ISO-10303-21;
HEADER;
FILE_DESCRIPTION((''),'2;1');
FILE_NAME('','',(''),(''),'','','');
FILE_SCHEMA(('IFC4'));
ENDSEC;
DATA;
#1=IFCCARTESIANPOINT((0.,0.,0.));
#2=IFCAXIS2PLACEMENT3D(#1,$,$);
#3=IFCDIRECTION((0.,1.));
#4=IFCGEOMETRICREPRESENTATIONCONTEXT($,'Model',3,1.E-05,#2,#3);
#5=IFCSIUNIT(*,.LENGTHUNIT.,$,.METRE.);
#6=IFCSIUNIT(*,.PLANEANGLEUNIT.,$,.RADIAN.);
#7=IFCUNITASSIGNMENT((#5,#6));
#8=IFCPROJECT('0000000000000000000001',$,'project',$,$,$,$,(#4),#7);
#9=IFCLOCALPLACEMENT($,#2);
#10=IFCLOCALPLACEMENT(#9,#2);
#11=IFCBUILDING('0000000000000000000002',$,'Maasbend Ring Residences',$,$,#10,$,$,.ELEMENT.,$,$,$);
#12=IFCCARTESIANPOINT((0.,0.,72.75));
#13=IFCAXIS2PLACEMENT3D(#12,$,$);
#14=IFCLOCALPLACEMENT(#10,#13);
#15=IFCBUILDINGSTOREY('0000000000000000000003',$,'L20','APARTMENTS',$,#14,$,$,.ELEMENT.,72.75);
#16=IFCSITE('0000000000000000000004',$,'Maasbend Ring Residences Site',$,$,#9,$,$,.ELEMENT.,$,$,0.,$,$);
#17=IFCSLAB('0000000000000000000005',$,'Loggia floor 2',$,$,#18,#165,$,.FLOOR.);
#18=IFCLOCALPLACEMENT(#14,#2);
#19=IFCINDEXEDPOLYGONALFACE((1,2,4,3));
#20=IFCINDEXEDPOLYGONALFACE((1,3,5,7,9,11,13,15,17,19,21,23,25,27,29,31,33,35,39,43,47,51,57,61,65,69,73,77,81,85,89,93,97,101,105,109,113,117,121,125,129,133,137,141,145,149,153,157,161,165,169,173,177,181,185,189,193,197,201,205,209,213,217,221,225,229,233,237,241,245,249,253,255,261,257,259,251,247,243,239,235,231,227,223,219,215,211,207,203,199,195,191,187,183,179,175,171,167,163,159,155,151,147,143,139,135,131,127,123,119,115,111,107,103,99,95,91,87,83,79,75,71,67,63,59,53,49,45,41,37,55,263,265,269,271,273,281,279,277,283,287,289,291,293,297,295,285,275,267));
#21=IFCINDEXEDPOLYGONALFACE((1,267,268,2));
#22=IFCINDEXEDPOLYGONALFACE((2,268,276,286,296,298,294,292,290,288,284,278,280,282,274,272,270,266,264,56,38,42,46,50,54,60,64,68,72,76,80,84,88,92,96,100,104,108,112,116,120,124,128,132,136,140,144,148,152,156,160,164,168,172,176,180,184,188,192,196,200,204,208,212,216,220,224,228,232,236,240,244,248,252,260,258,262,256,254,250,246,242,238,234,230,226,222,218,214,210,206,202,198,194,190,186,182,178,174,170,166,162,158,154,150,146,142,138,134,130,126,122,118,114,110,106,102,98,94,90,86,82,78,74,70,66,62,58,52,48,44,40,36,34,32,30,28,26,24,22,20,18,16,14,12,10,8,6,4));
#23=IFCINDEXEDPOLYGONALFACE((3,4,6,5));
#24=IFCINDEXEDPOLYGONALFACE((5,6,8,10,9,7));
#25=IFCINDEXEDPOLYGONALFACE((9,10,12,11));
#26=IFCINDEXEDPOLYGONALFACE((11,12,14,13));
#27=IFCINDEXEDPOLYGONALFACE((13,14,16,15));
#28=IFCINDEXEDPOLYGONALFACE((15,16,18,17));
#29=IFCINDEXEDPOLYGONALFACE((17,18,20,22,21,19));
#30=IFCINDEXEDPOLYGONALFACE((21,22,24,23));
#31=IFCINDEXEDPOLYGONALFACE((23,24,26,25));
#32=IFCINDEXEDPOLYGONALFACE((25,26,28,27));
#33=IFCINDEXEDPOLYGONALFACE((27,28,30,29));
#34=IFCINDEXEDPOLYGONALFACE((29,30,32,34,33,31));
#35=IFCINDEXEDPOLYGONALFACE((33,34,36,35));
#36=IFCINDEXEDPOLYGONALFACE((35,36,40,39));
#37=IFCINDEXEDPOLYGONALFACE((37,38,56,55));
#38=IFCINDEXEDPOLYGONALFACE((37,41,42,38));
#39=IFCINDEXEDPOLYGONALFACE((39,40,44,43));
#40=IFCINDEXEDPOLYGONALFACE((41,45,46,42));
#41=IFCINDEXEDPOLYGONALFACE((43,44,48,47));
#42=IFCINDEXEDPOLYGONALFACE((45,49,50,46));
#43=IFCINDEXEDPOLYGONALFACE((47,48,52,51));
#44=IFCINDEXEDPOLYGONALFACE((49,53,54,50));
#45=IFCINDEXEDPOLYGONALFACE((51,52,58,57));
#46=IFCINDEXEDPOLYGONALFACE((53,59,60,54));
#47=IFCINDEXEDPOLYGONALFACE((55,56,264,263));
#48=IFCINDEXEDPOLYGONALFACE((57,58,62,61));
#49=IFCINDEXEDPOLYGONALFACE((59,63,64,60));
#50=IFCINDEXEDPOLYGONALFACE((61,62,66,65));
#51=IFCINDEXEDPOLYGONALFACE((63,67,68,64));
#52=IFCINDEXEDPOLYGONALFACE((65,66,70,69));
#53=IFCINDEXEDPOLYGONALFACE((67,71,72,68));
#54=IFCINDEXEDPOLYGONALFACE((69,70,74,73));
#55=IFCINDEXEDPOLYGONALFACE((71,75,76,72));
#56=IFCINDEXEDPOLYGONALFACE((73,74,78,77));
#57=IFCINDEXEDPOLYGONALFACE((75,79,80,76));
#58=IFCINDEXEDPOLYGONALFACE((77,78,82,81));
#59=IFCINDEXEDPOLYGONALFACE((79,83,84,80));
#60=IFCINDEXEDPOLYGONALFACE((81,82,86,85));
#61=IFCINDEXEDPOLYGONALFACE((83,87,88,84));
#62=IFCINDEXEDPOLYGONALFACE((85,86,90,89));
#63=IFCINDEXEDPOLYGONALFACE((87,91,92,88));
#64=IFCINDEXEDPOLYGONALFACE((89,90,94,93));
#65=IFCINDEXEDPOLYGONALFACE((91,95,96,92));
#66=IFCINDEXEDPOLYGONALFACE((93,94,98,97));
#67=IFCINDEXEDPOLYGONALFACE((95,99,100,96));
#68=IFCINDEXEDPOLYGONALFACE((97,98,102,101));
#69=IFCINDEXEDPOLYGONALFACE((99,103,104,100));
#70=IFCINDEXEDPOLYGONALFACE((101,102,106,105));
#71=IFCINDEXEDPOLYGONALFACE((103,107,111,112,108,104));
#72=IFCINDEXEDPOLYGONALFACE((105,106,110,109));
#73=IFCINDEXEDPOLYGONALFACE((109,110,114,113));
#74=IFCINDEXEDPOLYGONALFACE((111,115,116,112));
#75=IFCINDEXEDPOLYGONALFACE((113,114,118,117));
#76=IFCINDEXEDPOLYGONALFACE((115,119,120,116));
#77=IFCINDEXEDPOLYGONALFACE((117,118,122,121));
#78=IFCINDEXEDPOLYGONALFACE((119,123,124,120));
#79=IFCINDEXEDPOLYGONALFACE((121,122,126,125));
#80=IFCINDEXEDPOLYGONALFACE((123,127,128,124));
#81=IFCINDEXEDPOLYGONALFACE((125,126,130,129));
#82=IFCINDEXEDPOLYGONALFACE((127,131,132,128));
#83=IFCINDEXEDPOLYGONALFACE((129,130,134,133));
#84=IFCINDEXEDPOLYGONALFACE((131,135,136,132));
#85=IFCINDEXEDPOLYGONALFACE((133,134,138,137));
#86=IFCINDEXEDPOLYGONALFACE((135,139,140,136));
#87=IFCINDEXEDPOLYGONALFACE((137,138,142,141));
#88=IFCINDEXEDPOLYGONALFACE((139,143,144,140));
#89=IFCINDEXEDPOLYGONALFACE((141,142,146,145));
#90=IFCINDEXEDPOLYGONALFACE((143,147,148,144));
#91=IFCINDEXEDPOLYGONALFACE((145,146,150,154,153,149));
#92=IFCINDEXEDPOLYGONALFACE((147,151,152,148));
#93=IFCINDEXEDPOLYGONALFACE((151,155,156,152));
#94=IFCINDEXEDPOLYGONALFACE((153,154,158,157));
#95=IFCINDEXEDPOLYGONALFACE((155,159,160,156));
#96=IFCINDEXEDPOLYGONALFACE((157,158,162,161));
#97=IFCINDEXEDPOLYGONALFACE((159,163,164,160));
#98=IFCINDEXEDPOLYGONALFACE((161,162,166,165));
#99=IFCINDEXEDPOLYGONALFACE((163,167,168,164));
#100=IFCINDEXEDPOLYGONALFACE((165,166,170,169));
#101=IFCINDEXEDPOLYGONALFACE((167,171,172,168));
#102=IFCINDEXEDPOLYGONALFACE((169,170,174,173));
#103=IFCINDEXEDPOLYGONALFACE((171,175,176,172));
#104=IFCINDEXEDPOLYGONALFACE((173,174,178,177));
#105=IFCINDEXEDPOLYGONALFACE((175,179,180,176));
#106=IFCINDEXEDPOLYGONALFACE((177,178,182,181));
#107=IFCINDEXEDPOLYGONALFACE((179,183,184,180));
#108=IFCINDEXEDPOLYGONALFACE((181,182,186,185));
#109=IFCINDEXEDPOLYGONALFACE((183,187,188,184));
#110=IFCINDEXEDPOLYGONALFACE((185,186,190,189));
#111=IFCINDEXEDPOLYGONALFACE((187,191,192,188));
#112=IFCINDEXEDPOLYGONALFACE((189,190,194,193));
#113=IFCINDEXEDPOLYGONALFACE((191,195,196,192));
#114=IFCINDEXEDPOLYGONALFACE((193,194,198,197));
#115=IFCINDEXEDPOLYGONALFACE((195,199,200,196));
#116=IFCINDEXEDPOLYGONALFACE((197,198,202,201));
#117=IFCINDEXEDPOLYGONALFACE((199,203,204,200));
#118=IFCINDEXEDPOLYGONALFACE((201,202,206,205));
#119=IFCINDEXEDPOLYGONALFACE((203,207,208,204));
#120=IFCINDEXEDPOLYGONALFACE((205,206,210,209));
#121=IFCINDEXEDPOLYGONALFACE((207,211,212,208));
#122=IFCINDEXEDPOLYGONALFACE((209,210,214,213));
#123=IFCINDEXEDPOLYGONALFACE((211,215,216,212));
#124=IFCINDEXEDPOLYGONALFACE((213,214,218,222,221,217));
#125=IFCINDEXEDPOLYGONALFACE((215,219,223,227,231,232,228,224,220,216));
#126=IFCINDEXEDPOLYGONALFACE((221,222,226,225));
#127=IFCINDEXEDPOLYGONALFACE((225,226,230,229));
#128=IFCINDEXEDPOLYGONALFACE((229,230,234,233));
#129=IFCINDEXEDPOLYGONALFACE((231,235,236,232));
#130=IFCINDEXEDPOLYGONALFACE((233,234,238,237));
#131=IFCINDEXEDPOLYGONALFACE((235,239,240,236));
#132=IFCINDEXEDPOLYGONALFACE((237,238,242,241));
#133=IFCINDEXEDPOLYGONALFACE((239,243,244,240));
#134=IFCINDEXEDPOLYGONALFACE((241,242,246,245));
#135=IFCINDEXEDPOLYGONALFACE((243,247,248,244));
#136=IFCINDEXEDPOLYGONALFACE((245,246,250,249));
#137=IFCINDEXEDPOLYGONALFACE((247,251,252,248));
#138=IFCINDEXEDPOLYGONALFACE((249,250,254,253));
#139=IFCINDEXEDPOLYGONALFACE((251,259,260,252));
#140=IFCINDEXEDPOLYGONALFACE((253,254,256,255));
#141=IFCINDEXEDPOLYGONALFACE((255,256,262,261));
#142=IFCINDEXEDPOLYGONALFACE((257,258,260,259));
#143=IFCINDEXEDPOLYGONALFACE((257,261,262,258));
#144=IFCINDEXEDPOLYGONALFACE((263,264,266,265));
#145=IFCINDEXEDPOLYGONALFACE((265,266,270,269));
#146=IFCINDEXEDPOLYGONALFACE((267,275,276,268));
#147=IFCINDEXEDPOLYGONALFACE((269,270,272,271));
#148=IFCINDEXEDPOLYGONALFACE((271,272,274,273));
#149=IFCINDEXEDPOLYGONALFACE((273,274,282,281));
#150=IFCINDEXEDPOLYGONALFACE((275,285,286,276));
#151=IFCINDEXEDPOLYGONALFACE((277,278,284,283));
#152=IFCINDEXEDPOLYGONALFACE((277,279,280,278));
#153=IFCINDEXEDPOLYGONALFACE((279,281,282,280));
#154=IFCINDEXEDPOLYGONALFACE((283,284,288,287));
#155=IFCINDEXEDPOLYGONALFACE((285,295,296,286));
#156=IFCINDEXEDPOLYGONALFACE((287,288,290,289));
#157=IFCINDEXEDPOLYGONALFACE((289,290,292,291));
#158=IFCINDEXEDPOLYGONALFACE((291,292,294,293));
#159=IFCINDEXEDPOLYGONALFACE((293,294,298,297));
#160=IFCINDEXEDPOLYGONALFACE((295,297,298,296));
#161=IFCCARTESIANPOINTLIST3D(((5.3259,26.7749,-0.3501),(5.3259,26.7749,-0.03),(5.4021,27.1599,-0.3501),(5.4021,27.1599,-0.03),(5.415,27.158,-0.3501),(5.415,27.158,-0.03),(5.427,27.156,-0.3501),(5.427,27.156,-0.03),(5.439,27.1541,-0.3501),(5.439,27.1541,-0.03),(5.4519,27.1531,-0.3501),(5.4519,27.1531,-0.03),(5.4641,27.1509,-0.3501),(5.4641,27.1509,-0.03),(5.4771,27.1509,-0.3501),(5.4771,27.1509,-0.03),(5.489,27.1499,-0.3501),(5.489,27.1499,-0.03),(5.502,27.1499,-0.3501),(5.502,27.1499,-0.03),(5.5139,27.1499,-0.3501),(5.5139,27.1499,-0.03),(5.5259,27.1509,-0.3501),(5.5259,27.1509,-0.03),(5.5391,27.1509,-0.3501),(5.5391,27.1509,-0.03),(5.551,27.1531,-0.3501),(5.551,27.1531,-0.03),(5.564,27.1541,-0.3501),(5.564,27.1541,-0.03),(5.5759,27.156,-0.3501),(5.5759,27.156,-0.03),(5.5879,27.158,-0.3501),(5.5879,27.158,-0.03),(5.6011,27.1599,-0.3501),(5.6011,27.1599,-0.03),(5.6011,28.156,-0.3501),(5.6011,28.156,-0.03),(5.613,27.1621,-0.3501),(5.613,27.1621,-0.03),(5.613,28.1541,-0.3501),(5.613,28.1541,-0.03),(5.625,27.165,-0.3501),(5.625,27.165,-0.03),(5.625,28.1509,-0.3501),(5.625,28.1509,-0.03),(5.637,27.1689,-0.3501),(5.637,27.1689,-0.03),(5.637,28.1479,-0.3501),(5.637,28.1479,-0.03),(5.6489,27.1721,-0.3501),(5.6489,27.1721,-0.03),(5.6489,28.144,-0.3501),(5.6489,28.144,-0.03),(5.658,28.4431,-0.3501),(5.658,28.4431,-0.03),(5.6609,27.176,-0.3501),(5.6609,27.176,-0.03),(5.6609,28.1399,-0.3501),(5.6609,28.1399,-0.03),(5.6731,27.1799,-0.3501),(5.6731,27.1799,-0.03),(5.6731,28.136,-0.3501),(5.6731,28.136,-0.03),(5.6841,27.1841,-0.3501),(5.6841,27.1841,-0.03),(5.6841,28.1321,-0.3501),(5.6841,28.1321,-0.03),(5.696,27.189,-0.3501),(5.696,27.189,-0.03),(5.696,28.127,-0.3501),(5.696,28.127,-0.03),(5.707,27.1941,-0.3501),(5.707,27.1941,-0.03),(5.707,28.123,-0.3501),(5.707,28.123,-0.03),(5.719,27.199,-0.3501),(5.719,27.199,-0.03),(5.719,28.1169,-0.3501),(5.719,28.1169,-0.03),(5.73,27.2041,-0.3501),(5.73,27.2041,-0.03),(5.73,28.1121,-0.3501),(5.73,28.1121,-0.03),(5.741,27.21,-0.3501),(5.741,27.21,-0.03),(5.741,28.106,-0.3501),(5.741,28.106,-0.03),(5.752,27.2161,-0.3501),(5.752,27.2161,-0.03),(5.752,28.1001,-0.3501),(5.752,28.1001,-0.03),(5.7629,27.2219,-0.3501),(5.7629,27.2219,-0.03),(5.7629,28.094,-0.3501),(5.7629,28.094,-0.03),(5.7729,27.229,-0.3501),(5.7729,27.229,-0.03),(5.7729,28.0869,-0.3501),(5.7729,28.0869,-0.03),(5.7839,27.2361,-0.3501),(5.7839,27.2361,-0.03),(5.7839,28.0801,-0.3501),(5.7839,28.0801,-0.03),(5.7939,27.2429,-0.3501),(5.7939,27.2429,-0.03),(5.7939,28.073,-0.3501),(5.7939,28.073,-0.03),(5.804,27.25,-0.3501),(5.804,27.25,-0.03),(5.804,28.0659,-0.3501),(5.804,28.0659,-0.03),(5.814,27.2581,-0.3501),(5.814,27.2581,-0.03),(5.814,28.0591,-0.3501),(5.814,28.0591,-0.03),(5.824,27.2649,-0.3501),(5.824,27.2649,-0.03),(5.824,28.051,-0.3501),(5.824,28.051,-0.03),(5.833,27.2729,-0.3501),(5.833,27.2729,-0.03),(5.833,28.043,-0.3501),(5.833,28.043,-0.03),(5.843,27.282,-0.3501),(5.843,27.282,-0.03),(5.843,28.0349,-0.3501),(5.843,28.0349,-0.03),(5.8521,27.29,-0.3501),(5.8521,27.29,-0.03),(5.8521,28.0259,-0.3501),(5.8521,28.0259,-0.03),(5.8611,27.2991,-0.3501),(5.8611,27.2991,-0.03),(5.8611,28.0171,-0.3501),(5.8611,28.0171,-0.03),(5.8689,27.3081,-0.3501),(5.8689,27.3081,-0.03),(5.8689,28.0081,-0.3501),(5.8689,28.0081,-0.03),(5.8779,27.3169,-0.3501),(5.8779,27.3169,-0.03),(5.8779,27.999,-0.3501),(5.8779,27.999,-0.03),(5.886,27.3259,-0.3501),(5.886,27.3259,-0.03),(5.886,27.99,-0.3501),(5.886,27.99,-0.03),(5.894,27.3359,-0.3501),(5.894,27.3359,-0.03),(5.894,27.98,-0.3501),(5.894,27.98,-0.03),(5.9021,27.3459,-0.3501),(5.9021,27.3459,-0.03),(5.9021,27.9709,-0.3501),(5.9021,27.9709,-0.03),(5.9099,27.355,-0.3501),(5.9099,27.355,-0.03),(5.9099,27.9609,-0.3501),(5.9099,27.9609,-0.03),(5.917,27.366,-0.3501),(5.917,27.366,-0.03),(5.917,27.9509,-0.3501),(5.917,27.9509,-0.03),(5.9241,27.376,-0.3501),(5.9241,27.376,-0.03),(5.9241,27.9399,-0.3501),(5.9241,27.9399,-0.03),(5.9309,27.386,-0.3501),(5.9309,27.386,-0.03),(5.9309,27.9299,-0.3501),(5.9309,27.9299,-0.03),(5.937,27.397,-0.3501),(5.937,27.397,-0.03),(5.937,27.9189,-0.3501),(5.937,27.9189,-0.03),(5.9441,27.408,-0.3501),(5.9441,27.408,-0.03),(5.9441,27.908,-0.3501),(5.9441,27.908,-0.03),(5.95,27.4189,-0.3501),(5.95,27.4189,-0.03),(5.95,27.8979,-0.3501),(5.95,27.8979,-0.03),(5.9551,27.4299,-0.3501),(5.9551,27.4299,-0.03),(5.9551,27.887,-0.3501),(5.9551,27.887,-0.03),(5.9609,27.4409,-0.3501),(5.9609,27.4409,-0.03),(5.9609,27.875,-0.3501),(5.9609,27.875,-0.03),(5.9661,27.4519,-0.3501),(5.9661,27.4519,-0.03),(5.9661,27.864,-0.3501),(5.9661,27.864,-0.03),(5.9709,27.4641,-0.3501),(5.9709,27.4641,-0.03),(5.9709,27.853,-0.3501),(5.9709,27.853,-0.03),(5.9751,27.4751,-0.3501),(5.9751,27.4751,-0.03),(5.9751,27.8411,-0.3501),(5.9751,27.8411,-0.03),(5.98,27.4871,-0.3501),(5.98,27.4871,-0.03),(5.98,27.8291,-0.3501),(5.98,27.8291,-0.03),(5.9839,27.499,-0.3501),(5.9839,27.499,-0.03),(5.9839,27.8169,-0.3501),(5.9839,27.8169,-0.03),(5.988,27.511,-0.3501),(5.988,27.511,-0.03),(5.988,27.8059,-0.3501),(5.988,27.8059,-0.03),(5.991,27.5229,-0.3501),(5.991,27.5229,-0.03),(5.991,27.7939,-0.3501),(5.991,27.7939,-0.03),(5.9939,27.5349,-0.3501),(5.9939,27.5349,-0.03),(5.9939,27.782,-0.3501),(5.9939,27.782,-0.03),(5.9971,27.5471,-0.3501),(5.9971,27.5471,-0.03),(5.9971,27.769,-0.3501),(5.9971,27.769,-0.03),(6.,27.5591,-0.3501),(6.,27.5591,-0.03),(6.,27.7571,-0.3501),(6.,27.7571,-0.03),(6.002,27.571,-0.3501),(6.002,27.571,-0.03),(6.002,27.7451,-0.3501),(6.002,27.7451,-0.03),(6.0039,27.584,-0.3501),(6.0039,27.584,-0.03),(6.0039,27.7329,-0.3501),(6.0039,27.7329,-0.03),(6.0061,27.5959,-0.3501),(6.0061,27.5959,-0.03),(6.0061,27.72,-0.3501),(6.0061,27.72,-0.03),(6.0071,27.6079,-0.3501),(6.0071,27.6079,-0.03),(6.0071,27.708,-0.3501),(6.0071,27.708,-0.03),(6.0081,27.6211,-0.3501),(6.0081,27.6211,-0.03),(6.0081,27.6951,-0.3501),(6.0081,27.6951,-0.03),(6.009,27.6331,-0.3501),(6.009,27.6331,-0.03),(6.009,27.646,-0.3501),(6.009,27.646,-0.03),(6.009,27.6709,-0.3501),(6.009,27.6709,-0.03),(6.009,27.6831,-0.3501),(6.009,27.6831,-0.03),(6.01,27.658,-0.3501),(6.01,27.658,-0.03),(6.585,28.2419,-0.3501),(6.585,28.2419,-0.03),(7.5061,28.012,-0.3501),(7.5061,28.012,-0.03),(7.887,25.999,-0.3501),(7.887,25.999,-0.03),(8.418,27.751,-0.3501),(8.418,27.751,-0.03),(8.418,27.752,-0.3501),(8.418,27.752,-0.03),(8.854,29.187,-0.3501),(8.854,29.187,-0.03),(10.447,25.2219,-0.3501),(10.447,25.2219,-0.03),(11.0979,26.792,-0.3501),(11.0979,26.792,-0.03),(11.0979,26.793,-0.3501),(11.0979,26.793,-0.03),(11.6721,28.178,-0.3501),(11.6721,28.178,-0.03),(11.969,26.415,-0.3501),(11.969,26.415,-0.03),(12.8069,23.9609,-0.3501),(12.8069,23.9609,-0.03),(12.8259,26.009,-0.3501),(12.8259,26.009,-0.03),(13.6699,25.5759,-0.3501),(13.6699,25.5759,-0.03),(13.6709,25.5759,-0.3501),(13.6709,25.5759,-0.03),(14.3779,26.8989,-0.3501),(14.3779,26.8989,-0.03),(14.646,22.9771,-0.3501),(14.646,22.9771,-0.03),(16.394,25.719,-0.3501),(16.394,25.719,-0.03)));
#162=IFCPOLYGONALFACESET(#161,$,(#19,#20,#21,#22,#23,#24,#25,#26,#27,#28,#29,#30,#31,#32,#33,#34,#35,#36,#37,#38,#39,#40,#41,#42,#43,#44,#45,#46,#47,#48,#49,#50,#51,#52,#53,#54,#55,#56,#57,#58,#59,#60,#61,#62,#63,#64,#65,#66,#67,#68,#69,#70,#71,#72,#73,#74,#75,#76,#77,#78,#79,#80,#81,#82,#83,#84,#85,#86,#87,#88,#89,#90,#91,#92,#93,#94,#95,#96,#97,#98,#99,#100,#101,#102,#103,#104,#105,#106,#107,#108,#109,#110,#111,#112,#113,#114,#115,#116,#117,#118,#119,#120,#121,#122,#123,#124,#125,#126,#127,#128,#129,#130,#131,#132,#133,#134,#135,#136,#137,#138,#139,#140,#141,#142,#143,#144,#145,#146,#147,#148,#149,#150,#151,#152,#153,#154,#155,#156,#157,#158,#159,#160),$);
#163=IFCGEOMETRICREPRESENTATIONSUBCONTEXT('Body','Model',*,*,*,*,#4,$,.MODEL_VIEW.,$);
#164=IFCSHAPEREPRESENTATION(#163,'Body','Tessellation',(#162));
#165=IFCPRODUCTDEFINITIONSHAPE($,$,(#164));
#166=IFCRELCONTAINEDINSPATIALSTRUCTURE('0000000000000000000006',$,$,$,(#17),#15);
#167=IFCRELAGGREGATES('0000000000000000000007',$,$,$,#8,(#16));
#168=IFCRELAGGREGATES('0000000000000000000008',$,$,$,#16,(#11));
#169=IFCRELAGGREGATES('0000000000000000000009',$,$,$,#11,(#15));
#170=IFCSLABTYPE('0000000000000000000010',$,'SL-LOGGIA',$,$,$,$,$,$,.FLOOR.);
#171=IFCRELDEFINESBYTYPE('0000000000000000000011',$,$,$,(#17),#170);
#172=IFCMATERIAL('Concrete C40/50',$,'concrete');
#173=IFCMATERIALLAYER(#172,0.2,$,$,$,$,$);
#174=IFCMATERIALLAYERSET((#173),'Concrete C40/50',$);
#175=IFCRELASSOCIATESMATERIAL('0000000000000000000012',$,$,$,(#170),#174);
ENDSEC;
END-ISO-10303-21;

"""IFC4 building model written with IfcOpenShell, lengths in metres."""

from ifc_helpers import new_model, si_unit, direction, frame, origin, place, context, subcontext, project, spatial, polyline, outline, extrude, material, layer, layer_set, type_object, element, save


model = new_model("IFC4")

# Units and contexts
model_context = context("Model", 3, precision=1e-05, world=origin(), true_north=direction((0.0, 1.0)))
body_context = subcontext(model_context, "Body", "Model", "MODEL_VIEW")
ifc_project = project(units=[si_unit("LENGTHUNIT", "METRE"), si_unit("PLANEANGLEUNIT", "RADIAN")], contexts=[model_context])

# Site, building, storey
site_placement = place(None, origin())
site = spatial("IfcSite", under=ifc_project, at=site_placement, Name="Maasbend Ring Residences Site", CompositionType="ELEMENT", RefElevation=0.0)
building_placement = place(site_placement, origin())
building = spatial("IfcBuilding", under=site, at=building_placement, Name="Maasbend Ring Residences", CompositionType="ELEMENT")
storey_placement = place(building_placement, frame((0.0, 0.0, 72.75)))
storey = spatial("IfcBuildingStorey", under=building, at=storey_placement, Name="L20", Description="APARTMENTS", CompositionType="ELEMENT", Elevation=72.75)

# Slab
ifc_material_1 = material(Name="Concrete C40/50", Category="concrete")
ifc_layer_1 = layer(ifc_material_1, 0.2)
ifc_layer_set_1 = layer_set([ifc_layer_1], Name="Concrete C40/50")
slab_type_1 = type_object("IfcSlabType", Name="SL-LOGGIA", PredefinedType="FLOOR", material=ifc_layer_set_1)
slab_1_placement = place(storey_placement, frame((0.0, 0.0, -0.3501)))
element("IfcSlab", 1, at=slab_1_placement, inside=storey, type_object=slab_type_1, Name="Loggia floor 2", PredefinedType="FLOOR", context=body_context, shape_type="SweptSolid", body=[
    extrude(outline(polyline([(5.439, 27.1541), (5.4519, 27.1531), (5.4641, 27.1509), (5.4771, 27.1509), (5.489, 27.1499), (5.502, 27.1499), (5.5139, 27.1499), (5.5259, 27.1509), (5.5391, 27.1509), (5.551, 27.1531), (5.564, 27.1541), (5.5759, 27.156), (5.5879, 27.158), (5.6011, 27.1599), (5.613, 27.1621), (5.625, 27.165), (5.637, 27.1689), (5.6489, 27.1721), (5.6609, 27.176), (5.6731, 27.1799), (5.6841, 27.1841), (5.696, 27.189), (5.707, 27.1941), (5.719, 27.199), (5.73, 27.2041), (5.741, 27.21), (5.752, 27.2161), (5.7629, 27.2219), (5.7729, 27.229), (5.7839, 27.2361), (5.7939, 27.2429), (5.804, 27.25), (5.814, 27.2581), (5.824, 27.2649), (5.833, 27.2729), (5.843, 27.282), (5.8521, 27.29), (5.8611, 27.2991), (5.8689, 27.3081), (5.8779, 27.3169), (5.886, 27.3259), (5.894, 27.3359), (5.9021, 27.3459), (5.9099, 27.355), (5.917, 27.366), (5.9241, 27.376), (5.9309, 27.386), (5.937, 27.397), (5.9441, 27.408), (5.95, 27.4189), (5.9551, 27.4299), (5.9609, 27.4409), (5.9661, 27.4519), (5.9709, 27.4641), (5.9751, 27.4751), (5.98, 27.4871), (5.9839, 27.499), (5.988, 27.511), (5.991, 27.5229), (5.9939, 27.5349), (5.9971, 27.5471), (6.0, 27.5591), (6.002, 27.571), (6.0039, 27.584), (6.0061, 27.5959), (6.0071, 27.6079), (6.0081, 27.6211), (6.009, 27.6331), (6.009, 27.646), (6.01, 27.658), (6.009, 27.6709), (6.009, 27.6831), (6.0081, 27.6951), (6.0071, 27.708), (6.0061, 27.72), (6.0039, 27.7329), (6.002, 27.7451), (6.0, 27.7571), (5.9971, 27.769), (5.9939, 27.782), (5.991, 27.7939), (5.988, 27.8059), (5.9839, 27.8169), (5.98, 27.8291), (5.9751, 27.8411), (5.9709, 27.853), (5.9661, 27.864), (5.9609, 27.875), (5.9551, 27.887), (5.95, 27.8979), (5.9441, 27.908), (5.937, 27.9189), (5.9309, 27.9299), (5.9241, 27.9399), (5.917, 27.9509), (5.9099, 27.9609), (5.9021, 27.9709), (5.894, 27.98), (5.886, 27.99), (5.8779, 27.999), (5.8689, 28.0081), (5.8611, 28.0171), (5.8521, 28.0259), (5.843, 28.0349), (5.833, 28.043), (5.824, 28.051), (5.814, 28.0591), (5.804, 28.0659), (5.7939, 28.073), (5.7839, 28.0801), (5.7729, 28.0869), (5.7629, 28.094), (5.752, 28.1001), (5.741, 28.106), (5.73, 28.1121), (5.719, 28.1169), (5.707, 28.123), (5.696, 28.127), (5.6841, 28.1321), (5.6731, 28.136), (5.6609, 28.1399), (5.6489, 28.144), (5.637, 28.1479), (5.625, 28.1509), (5.613, 28.1541), (5.6011, 28.156), (5.658, 28.4431), (5.658, 28.4431), (5.658, 28.4431), (6.585, 28.2419), (6.585, 28.2419), (7.5061, 28.012), (7.5061, 28.012), (8.418, 27.751), (8.418, 27.751), (8.418, 27.751), (8.418, 27.751), (8.418, 27.751), (8.418, 27.751), (8.418, 27.751), (8.418, 27.751), (8.418, 27.751), (8.418, 27.751), (8.418, 27.752), (8.418, 27.752), (8.418, 27.752), (8.418, 27.752), (8.418, 27.752), (8.418, 27.752), (8.418, 27.752), (8.854, 29.187), (8.854, 29.187), (8.854, 29.187), (11.6721, 28.178), (11.6721, 28.178), (11.6721, 28.178), (11.0979, 26.793), (11.0979, 26.793), (11.0979, 26.793), (11.0979, 26.793), (11.0979, 26.793), (11.0979, 26.793), (11.0979, 26.793), (11.0979, 26.793), (11.0979, 26.793), (11.0979, 26.793), (11.0979, 26.792), (11.0979, 26.792), (11.0979, 26.792), (11.0979, 26.792), (11.0979, 26.792), (11.0979, 26.792), (11.0979, 26.792), (11.969, 26.415), (11.969, 26.415), (12.8259, 26.009), (12.8259, 26.009), (13.6699, 25.5759), (13.6699, 25.5759), (13.6699, 25.5759), (13.6699, 25.5759), (13.6699, 25.5759), (13.6699, 25.5759), (13.6699, 25.5759), (13.6699, 25.5759), (13.6699, 25.5759), (13.6699, 25.5759), (13.6709, 25.5759), (13.6709, 25.5759), (13.6709, 25.5759), (13.6709, 25.5759), (13.6709, 25.5759), (13.6709, 25.5759), (13.6709, 25.5759), (14.3779, 26.8989), (14.3779, 26.8989), (14.3779, 26.8989), (16.394, 25.719), (16.394, 25.719), (16.394, 25.719), (14.646, 22.9771), (14.646, 22.9771), (14.646, 22.9771), (12.8069, 23.9609), (10.447, 25.2219), (10.447, 25.2219), (10.447, 25.2219), (7.887, 25.999), (5.3259, 26.7749), (5.3259, 26.7749), (5.3259, 26.7749), (5.4021, 27.1599), (5.415, 27.158), (5.427, 27.156), (5.439, 27.1541)])), origin(), (0.0, 0.0, 1.0), 0.3201),
])

save(model, "model.ifc")
